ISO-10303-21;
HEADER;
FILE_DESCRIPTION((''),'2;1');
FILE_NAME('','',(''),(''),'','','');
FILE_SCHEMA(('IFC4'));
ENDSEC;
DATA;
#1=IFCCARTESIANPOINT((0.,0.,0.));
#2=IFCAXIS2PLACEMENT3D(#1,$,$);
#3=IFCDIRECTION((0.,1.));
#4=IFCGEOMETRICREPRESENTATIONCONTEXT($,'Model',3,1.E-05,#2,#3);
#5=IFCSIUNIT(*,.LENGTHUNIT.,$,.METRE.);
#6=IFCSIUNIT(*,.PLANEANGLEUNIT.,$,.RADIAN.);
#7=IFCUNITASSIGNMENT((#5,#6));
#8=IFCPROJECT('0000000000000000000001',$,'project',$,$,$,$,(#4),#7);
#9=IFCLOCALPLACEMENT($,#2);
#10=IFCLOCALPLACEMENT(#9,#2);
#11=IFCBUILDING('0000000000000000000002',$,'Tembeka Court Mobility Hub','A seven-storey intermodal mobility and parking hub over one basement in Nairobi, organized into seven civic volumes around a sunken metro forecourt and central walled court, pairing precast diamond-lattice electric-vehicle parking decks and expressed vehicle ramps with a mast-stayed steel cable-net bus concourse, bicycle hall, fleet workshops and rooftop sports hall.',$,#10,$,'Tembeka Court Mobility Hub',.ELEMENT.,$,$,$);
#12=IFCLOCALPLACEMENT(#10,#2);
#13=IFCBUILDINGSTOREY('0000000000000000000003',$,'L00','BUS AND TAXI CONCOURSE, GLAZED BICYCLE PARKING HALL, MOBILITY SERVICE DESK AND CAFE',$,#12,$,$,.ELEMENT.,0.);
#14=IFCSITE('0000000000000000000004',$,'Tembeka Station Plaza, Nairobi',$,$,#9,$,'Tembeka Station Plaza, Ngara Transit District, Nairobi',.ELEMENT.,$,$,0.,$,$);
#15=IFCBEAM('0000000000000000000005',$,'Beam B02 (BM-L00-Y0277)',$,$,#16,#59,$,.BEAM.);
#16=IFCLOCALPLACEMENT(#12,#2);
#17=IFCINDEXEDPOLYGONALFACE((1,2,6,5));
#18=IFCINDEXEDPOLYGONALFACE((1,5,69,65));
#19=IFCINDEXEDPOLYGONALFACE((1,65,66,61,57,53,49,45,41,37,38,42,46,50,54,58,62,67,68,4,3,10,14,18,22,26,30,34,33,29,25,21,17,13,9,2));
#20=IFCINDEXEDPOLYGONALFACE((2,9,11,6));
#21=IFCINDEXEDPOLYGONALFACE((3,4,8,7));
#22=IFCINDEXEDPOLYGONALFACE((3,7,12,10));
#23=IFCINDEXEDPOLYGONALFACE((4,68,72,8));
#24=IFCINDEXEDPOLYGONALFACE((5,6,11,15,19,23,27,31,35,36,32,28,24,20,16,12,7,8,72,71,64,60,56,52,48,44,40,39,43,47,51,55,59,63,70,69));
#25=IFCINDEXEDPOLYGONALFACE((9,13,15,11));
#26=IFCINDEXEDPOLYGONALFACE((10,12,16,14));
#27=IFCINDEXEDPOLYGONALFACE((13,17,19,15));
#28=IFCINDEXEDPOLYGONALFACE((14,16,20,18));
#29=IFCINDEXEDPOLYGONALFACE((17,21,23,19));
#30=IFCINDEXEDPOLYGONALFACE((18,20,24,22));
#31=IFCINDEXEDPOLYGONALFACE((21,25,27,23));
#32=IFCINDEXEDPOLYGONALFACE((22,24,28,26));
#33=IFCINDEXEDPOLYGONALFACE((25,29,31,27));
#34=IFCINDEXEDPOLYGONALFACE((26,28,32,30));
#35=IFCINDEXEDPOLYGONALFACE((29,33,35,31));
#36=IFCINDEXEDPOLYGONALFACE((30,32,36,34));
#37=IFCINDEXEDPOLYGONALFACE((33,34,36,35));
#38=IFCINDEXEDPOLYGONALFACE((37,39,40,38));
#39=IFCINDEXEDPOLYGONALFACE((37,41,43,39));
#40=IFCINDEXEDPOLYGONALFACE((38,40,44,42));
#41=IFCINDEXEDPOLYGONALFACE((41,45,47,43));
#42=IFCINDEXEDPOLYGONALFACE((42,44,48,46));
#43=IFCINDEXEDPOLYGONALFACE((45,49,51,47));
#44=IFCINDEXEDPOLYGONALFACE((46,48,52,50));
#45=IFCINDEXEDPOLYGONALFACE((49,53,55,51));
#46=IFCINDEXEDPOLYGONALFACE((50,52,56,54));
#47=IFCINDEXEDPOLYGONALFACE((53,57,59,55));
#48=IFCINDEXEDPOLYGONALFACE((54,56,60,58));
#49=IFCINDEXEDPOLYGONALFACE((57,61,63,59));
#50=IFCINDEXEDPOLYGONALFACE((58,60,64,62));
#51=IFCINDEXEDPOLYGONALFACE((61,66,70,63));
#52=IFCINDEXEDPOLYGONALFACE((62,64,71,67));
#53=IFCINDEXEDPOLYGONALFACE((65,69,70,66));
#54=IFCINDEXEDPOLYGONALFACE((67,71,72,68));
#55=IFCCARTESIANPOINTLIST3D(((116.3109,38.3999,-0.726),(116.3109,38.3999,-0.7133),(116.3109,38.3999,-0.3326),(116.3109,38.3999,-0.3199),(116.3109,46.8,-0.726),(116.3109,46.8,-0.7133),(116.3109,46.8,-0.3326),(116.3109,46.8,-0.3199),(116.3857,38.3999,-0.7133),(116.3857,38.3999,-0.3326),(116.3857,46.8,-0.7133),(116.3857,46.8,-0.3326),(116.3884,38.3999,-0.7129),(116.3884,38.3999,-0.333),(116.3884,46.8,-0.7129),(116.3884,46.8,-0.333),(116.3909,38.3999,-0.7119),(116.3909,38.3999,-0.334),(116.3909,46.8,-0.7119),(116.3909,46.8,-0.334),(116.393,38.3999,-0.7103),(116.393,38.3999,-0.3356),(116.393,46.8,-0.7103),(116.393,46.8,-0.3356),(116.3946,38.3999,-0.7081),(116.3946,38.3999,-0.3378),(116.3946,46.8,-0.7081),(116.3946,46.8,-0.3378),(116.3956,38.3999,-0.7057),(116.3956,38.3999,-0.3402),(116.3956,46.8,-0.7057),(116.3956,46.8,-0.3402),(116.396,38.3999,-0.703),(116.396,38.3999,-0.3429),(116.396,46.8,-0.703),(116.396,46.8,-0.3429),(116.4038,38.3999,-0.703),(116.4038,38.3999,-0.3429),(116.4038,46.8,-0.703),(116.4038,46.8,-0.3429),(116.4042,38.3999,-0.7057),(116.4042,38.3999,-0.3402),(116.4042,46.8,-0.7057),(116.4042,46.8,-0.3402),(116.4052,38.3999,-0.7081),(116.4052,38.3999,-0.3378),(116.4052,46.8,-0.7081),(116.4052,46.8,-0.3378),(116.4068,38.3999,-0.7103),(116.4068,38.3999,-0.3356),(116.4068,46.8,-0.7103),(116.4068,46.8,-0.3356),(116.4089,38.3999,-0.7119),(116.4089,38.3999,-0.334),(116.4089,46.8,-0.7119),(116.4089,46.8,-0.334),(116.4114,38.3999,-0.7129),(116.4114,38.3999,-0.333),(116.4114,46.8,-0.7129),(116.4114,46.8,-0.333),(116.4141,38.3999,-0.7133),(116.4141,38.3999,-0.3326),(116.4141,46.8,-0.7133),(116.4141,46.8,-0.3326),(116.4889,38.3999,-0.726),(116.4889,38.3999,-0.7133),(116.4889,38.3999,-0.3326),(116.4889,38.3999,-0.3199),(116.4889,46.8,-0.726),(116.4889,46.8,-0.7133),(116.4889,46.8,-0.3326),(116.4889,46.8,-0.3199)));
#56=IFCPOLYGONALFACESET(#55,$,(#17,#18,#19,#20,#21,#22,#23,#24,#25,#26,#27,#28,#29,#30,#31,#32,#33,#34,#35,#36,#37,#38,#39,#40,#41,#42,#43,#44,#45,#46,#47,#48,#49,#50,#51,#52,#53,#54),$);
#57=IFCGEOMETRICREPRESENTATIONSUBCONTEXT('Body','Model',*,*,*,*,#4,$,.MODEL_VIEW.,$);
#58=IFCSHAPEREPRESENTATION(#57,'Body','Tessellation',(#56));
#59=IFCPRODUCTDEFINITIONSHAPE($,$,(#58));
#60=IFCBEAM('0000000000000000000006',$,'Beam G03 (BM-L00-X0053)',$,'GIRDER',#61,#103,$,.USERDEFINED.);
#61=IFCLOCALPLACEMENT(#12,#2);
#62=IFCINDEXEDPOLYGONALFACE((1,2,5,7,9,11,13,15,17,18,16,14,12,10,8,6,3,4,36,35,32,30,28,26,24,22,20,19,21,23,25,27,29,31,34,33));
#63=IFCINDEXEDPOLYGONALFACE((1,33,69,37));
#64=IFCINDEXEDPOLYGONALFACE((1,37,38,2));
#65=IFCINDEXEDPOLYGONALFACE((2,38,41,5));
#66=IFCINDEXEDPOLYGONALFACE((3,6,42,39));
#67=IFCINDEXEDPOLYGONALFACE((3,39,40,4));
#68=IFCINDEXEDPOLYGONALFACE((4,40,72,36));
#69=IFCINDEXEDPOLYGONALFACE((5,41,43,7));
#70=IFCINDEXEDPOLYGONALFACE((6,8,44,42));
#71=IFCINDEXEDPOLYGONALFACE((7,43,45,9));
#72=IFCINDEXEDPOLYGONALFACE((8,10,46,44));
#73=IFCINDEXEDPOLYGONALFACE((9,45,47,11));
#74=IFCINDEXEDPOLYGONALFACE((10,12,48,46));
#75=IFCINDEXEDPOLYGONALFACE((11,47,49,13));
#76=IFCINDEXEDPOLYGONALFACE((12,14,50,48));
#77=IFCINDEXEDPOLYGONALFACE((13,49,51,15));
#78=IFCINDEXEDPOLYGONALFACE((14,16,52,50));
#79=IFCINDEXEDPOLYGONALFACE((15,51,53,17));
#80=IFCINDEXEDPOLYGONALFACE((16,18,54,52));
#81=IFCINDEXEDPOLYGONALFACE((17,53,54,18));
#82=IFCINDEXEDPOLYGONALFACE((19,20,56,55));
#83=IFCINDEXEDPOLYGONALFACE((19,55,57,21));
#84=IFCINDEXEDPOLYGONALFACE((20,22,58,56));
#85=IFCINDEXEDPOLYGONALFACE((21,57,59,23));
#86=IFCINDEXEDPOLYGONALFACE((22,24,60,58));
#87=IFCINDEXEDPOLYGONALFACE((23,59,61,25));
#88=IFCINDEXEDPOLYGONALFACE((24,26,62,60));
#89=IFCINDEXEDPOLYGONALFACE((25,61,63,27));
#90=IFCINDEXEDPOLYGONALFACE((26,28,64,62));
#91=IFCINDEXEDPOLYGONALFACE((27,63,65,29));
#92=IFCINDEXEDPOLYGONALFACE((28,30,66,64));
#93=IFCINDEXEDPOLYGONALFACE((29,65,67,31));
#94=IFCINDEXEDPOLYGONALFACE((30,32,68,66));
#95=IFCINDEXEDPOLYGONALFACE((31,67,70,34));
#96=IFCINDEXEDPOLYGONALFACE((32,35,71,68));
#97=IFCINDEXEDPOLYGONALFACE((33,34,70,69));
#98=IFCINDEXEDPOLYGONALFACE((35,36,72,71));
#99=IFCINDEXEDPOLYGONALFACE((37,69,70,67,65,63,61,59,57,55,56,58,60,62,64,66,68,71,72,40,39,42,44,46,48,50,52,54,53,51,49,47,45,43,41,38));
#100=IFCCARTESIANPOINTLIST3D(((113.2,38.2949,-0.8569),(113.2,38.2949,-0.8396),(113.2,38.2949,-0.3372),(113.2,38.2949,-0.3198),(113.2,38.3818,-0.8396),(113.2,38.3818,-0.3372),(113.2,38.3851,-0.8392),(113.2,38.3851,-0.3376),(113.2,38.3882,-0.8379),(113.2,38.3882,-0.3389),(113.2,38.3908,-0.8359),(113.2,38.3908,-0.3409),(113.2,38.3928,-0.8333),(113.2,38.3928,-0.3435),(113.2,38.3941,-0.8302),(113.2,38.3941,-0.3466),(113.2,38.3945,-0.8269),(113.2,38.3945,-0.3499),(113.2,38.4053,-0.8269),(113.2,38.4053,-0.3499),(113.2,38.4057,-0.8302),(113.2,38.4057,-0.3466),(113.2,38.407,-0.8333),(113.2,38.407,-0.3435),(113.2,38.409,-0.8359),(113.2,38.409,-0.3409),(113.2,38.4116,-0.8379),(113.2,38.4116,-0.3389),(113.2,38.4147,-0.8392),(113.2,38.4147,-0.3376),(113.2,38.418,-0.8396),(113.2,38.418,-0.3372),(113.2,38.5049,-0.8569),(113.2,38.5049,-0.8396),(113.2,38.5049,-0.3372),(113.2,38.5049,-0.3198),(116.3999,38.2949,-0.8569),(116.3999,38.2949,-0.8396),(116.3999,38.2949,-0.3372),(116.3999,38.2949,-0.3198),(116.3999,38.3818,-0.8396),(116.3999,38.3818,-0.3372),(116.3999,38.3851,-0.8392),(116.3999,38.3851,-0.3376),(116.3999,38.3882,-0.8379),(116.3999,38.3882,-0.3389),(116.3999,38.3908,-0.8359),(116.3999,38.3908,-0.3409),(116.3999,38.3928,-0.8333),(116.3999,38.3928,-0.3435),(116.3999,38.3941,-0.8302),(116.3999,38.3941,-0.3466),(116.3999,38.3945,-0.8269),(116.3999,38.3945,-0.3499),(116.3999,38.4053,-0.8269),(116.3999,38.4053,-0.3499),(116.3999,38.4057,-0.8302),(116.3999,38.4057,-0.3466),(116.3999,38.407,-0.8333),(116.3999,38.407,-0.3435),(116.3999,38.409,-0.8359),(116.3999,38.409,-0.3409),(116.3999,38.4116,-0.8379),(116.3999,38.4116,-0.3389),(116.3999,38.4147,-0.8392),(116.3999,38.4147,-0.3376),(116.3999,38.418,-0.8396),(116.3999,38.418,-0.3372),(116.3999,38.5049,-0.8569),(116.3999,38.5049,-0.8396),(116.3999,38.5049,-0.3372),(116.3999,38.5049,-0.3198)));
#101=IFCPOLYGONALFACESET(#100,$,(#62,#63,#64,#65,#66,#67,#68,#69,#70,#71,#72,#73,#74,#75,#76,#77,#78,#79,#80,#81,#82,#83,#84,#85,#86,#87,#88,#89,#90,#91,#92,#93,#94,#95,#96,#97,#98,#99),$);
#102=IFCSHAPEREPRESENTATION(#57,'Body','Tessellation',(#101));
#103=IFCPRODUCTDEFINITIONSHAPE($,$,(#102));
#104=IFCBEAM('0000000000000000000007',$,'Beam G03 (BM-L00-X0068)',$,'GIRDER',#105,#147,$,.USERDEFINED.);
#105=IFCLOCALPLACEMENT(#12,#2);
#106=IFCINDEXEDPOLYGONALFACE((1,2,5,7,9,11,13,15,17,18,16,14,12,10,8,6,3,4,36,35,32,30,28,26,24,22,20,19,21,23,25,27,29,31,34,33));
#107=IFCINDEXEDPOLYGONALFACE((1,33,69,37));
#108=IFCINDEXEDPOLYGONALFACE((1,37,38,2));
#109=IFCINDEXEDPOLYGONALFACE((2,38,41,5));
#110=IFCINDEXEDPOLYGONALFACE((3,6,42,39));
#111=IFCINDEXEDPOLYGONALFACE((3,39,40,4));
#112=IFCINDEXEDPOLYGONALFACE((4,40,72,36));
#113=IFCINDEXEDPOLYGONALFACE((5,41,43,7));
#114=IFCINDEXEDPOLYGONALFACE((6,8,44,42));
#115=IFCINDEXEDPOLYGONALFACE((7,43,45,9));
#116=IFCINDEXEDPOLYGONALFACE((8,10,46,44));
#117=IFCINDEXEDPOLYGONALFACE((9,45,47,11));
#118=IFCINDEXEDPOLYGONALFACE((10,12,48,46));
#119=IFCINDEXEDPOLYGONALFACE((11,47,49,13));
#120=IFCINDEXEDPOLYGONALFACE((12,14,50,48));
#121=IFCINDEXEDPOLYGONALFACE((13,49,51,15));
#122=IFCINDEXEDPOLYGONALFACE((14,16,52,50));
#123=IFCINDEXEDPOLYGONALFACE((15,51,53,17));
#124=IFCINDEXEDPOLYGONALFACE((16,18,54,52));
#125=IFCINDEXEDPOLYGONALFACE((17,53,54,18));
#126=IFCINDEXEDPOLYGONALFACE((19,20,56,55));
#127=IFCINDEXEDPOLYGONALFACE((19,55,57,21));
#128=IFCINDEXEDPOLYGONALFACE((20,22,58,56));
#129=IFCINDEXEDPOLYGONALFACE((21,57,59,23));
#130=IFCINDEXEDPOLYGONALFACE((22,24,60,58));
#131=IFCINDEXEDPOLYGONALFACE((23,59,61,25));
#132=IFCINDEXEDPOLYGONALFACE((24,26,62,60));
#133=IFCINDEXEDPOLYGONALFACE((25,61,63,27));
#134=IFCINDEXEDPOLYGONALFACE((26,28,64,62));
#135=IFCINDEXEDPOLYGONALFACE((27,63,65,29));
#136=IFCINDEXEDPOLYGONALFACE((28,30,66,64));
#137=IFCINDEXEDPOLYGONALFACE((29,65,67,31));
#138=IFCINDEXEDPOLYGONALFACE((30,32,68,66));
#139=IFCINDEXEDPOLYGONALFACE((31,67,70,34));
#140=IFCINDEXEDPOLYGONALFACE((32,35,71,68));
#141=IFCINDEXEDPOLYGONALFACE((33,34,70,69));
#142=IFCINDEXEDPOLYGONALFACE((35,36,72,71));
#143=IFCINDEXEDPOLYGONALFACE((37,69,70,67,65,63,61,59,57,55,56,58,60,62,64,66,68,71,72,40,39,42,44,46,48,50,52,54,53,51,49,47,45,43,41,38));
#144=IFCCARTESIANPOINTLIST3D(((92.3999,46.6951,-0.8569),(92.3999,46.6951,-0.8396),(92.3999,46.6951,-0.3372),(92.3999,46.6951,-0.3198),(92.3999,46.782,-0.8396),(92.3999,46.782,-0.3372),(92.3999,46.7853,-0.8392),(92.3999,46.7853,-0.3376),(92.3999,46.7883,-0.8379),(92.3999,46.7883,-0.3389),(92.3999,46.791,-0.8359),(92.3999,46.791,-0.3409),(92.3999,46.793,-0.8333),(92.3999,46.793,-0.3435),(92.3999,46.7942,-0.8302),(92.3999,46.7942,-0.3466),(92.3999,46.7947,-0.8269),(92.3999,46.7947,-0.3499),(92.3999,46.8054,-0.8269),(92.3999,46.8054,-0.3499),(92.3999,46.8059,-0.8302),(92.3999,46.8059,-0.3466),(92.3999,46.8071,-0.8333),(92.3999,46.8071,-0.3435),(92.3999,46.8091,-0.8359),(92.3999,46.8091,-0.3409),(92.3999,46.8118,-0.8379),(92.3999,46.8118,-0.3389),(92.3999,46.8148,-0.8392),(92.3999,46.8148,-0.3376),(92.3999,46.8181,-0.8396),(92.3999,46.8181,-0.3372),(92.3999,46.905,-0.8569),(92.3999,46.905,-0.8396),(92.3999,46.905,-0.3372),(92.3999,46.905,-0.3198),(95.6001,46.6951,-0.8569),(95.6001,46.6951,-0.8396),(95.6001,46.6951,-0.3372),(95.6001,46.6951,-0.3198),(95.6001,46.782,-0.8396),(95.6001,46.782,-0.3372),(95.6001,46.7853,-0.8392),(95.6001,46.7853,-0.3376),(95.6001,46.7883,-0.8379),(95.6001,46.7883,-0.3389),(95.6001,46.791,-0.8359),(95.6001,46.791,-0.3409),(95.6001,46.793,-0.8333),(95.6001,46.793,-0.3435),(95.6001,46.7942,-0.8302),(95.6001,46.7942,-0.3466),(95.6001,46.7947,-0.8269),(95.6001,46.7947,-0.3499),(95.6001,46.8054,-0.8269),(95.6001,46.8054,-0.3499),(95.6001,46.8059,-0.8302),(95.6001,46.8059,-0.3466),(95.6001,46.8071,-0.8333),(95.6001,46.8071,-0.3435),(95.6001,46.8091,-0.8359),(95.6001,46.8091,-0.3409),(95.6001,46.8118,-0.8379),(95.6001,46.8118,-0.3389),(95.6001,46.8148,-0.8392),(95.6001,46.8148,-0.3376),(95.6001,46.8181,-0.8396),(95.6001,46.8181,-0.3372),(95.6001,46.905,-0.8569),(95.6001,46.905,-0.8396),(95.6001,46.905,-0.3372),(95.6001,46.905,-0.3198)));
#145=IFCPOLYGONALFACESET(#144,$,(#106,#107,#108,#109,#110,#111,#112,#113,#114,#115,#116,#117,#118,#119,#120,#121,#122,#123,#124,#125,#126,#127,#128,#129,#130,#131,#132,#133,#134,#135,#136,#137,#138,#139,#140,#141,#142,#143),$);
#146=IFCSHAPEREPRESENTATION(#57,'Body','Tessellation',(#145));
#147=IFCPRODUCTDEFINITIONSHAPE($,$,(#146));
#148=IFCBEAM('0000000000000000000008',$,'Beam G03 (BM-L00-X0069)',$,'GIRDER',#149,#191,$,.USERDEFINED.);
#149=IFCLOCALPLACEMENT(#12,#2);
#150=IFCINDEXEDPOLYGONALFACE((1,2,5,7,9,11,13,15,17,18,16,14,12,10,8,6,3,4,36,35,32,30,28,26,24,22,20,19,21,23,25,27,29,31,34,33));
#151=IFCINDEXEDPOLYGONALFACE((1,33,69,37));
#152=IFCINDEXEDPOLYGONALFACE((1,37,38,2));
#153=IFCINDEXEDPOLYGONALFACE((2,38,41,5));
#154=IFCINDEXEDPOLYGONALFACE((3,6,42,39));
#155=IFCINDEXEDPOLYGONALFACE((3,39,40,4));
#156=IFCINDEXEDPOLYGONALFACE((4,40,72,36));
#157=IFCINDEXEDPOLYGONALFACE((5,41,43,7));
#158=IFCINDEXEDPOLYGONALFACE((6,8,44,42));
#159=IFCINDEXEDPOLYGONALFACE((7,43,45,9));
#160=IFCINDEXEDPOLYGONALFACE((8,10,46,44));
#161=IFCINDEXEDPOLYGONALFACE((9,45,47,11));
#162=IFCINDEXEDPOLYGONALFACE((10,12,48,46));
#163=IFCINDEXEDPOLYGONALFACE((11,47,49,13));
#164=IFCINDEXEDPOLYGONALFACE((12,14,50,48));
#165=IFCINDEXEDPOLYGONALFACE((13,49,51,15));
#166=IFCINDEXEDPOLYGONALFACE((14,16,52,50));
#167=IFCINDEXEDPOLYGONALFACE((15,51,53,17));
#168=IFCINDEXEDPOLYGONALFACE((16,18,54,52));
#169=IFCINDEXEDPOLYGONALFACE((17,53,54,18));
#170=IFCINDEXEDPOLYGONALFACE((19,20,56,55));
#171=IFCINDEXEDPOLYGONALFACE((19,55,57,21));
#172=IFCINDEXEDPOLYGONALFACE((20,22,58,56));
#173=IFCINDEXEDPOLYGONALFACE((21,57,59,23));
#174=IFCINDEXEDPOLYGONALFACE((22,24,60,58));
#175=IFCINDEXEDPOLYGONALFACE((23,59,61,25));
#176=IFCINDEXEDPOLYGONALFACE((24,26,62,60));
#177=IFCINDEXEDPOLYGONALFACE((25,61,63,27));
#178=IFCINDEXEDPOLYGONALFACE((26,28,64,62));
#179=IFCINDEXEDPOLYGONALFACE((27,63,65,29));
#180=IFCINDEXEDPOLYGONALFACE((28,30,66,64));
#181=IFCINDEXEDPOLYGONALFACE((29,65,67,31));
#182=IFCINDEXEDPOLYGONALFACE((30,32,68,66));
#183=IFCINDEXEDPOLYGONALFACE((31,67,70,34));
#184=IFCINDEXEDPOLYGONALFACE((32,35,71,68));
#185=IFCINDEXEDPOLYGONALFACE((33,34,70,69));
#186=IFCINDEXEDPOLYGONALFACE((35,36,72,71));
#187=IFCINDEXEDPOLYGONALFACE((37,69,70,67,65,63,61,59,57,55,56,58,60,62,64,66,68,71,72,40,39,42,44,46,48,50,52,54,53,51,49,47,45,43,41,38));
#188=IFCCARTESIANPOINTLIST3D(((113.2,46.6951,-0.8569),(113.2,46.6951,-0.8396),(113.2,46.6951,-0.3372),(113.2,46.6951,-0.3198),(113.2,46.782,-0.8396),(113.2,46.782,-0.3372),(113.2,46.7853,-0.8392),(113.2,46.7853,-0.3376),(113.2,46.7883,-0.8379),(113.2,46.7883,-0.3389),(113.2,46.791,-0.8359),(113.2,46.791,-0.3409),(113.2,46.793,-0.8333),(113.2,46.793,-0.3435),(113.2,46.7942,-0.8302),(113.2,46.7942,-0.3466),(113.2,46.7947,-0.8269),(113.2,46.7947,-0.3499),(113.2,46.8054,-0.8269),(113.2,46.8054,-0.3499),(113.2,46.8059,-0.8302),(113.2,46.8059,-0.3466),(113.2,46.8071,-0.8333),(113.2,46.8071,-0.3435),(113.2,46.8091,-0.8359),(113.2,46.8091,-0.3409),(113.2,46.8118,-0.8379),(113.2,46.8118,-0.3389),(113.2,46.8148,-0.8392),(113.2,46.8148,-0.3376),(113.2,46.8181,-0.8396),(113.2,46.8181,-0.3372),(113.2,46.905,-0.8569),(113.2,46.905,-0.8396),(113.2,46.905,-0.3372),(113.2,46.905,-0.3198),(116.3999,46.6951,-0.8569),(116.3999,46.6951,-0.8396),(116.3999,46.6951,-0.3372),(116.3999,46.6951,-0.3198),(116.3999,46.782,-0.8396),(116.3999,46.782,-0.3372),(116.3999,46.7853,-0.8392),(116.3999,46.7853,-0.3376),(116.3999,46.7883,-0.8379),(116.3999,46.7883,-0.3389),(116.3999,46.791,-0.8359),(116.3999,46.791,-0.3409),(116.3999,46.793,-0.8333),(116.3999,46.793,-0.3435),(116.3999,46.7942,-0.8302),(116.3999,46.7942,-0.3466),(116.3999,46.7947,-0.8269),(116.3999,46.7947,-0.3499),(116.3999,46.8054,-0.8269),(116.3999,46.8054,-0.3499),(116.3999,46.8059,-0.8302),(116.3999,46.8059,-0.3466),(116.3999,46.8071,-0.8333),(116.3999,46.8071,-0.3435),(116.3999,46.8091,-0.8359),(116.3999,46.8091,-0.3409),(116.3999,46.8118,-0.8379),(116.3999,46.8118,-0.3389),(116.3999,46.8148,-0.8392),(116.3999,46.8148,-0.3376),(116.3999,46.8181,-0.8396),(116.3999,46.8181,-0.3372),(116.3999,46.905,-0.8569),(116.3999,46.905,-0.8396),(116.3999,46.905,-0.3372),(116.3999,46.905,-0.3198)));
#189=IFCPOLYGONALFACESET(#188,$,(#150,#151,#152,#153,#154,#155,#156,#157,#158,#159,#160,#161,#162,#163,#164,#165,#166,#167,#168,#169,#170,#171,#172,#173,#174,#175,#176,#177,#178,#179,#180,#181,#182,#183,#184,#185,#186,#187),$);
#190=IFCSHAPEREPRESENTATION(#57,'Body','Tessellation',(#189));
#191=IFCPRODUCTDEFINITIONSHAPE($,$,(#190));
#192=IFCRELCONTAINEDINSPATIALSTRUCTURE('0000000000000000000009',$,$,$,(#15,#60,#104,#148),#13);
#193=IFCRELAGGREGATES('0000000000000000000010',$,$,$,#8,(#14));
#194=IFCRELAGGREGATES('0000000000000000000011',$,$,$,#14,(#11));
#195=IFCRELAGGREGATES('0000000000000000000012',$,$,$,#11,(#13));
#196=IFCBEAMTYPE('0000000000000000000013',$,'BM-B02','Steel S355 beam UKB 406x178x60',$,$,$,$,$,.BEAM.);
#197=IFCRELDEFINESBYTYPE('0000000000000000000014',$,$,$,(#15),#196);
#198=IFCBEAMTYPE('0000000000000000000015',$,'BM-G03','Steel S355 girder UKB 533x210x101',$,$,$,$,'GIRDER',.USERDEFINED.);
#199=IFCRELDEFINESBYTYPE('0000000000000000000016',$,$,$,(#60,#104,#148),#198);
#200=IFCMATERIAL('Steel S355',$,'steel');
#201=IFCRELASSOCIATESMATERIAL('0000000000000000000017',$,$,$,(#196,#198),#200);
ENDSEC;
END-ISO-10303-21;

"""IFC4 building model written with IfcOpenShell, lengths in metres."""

from ifc_helpers import new_model, si_unit, direction, frame, origin, origin_2d, place, context, subcontext, project, spatial, i_section, extrude, material, material_profile, profile_set, type_object, element, save


model = new_model("IFC4")

# Units and contexts
model_context = context("Model", 3, precision=1e-05, world=origin(), true_north=direction((0.0, 1.0)))
body_context = subcontext(model_context, "Body", "Model", "MODEL_VIEW")
ifc_project = project(units=[si_unit("LENGTHUNIT", "METRE"), si_unit("PLANEANGLEUNIT", "RADIAN")], contexts=[model_context])

# Site, building, storey
site_placement = place(None, origin())
site = spatial("IfcSite", under=ifc_project, at=site_placement, Name="Tembeka Station Plaza, Nairobi", LongName="Tembeka Station Plaza, Ngara Transit District, Nairobi", CompositionType="ELEMENT", RefElevation=0.0)
building_placement = place(site_placement, origin())
building = spatial("IfcBuilding", under=site, at=building_placement, Name="Tembeka Court Mobility Hub", Description="A seven-storey intermodal mobility and parking hub over one basement in Nairobi, organized into seven civic volumes around a sunken metro forecourt and central walled court, pairing precast diamond-lattice electric-vehicle parking decks and expressed vehicle ramps with a mast-stayed steel cable-net bus concourse, bicycle hall, fleet workshops and rooftop sports hall.", LongName="Tembeka Court Mobility Hub", CompositionType="ELEMENT")
storey_placement = place(building_placement, origin())
storey = spatial("IfcBuildingStorey", under=building, at=storey_placement, Name="L00", Description="BUS AND TAXI CONCOURSE, GLAZED BICYCLE PARKING HALL, MOBILITY SERVICE DESK AND CAFE", CompositionType="ELEMENT", Elevation=0.0)

# Shared definitions
ifc_material_1 = material(Name="Steel S355", Category="steel")

# Beams
ifc_material_profile_1 = material_profile(ifc_material_1, i_section(OverallWidth=0.178, OverallDepth=0.406, WebThickness=0.0078, FlangeThickness=0.0127, FilletRadius=0.0103, at=origin_2d()), Name="UKB 406x178x60")
ifc_profile_set_1 = profile_set([ifc_material_profile_1], Name="Steel S355")
beam_type_1 = type_object("IfcBeamType", Name="BM-B02", Description="Steel S355 beam UKB 406x178x60", PredefinedType="BEAM", material=ifc_profile_set_1)
for number, where, z_axis, x_axis, name in (
    (1, (116.3999, 38.3999, -0.5229), (0.0, 1.0, 0.0), (-1.0, 0.0, 0.0), "Beam B02 (BM-L00-Y0277)"),
):
    element("IfcBeam", number, at=place(storey_placement, frame(where, z_axis=z_axis, x_axis=x_axis)), inside=storey, type_object=beam_type_1, Name=name, PredefinedType="BEAM", context=body_context, shape_type="SweptSolid", body=[
        extrude(i_section(OverallWidth=0.178, OverallDepth=0.406, WebThickness=0.0078, FlangeThickness=0.0127, FilletRadius=0.0103, at=origin_2d()), origin(), (0.0, 0.0, 1.0), 8.4001),
    ])
ifc_material_profile_2 = material_profile(ifc_material_1, i_section(OverallWidth=0.21, OverallDepth=0.5371, WebThickness=0.0107, FlangeThickness=0.0173, FilletRadius=0.0127, at=origin_2d()), Name="UKB 533x210x101")
ifc_profile_set_2 = profile_set([ifc_material_profile_2], Name="Steel S355")
beam_type_2 = type_object("IfcBeamType", Name="BM-G03", Description="Steel S355 girder UKB 533x210x101", ElementType="GIRDER", PredefinedType="USERDEFINED", material=ifc_profile_set_2)
beam_1_placement = place(storey_placement, frame((113.2, 38.3999, -0.5884), z_axis=(1.0, 0.0, 0.0), x_axis=(0.0, 1.0, 0.0)))
element("IfcBeam", 2, at=beam_1_placement, inside=storey, type_object=beam_type_2, Name="Beam G03 (BM-L00-X0053)", ObjectType="GIRDER", PredefinedType="USERDEFINED", context=body_context, shape_type="SweptSolid", body=[
    extrude(i_section(OverallWidth=0.21, OverallDepth=0.5371, WebThickness=0.0107, FlangeThickness=0.0173, FilletRadius=0.0127, at=origin_2d()), origin(), (0.0, 0.0, 1.0), 3.2),
])
beam_2_placement = place(storey_placement, frame((92.3999, 46.8, -0.5884), z_axis=(1.0, 0.0, 0.0), x_axis=(0.0, 1.0, 0.0)))
element("IfcBeam", 3, at=beam_2_placement, inside=storey, type_object=beam_type_2, Name="Beam G03 (BM-L00-X0068)", ObjectType="GIRDER", PredefinedType="USERDEFINED", context=body_context, shape_type="SweptSolid", body=[
    extrude(i_section(OverallWidth=0.21, OverallDepth=0.5371, WebThickness=0.0107, FlangeThickness=0.0173, FilletRadius=0.0127, at=origin_2d()), origin(), (0.0, 0.0, 1.0), 3.2002),
])
beam_3_placement = place(storey_placement, frame((113.2, 46.8, -0.5884), z_axis=(1.0, 0.0, 0.0), x_axis=(0.0, 1.0, 0.0)))
element("IfcBeam", 4, at=beam_3_placement, inside=storey, type_object=beam_type_2, Name="Beam G03 (BM-L00-X0069)", ObjectType="GIRDER", PredefinedType="USERDEFINED", context=body_context, shape_type="SweptSolid", body=[
    extrude(i_section(OverallWidth=0.21, OverallDepth=0.5371, WebThickness=0.0107, FlangeThickness=0.0173, FilletRadius=0.0127, at=origin_2d()), origin(), (0.0, 0.0, 1.0), 3.2),
])

save(model, "model.ifc")
